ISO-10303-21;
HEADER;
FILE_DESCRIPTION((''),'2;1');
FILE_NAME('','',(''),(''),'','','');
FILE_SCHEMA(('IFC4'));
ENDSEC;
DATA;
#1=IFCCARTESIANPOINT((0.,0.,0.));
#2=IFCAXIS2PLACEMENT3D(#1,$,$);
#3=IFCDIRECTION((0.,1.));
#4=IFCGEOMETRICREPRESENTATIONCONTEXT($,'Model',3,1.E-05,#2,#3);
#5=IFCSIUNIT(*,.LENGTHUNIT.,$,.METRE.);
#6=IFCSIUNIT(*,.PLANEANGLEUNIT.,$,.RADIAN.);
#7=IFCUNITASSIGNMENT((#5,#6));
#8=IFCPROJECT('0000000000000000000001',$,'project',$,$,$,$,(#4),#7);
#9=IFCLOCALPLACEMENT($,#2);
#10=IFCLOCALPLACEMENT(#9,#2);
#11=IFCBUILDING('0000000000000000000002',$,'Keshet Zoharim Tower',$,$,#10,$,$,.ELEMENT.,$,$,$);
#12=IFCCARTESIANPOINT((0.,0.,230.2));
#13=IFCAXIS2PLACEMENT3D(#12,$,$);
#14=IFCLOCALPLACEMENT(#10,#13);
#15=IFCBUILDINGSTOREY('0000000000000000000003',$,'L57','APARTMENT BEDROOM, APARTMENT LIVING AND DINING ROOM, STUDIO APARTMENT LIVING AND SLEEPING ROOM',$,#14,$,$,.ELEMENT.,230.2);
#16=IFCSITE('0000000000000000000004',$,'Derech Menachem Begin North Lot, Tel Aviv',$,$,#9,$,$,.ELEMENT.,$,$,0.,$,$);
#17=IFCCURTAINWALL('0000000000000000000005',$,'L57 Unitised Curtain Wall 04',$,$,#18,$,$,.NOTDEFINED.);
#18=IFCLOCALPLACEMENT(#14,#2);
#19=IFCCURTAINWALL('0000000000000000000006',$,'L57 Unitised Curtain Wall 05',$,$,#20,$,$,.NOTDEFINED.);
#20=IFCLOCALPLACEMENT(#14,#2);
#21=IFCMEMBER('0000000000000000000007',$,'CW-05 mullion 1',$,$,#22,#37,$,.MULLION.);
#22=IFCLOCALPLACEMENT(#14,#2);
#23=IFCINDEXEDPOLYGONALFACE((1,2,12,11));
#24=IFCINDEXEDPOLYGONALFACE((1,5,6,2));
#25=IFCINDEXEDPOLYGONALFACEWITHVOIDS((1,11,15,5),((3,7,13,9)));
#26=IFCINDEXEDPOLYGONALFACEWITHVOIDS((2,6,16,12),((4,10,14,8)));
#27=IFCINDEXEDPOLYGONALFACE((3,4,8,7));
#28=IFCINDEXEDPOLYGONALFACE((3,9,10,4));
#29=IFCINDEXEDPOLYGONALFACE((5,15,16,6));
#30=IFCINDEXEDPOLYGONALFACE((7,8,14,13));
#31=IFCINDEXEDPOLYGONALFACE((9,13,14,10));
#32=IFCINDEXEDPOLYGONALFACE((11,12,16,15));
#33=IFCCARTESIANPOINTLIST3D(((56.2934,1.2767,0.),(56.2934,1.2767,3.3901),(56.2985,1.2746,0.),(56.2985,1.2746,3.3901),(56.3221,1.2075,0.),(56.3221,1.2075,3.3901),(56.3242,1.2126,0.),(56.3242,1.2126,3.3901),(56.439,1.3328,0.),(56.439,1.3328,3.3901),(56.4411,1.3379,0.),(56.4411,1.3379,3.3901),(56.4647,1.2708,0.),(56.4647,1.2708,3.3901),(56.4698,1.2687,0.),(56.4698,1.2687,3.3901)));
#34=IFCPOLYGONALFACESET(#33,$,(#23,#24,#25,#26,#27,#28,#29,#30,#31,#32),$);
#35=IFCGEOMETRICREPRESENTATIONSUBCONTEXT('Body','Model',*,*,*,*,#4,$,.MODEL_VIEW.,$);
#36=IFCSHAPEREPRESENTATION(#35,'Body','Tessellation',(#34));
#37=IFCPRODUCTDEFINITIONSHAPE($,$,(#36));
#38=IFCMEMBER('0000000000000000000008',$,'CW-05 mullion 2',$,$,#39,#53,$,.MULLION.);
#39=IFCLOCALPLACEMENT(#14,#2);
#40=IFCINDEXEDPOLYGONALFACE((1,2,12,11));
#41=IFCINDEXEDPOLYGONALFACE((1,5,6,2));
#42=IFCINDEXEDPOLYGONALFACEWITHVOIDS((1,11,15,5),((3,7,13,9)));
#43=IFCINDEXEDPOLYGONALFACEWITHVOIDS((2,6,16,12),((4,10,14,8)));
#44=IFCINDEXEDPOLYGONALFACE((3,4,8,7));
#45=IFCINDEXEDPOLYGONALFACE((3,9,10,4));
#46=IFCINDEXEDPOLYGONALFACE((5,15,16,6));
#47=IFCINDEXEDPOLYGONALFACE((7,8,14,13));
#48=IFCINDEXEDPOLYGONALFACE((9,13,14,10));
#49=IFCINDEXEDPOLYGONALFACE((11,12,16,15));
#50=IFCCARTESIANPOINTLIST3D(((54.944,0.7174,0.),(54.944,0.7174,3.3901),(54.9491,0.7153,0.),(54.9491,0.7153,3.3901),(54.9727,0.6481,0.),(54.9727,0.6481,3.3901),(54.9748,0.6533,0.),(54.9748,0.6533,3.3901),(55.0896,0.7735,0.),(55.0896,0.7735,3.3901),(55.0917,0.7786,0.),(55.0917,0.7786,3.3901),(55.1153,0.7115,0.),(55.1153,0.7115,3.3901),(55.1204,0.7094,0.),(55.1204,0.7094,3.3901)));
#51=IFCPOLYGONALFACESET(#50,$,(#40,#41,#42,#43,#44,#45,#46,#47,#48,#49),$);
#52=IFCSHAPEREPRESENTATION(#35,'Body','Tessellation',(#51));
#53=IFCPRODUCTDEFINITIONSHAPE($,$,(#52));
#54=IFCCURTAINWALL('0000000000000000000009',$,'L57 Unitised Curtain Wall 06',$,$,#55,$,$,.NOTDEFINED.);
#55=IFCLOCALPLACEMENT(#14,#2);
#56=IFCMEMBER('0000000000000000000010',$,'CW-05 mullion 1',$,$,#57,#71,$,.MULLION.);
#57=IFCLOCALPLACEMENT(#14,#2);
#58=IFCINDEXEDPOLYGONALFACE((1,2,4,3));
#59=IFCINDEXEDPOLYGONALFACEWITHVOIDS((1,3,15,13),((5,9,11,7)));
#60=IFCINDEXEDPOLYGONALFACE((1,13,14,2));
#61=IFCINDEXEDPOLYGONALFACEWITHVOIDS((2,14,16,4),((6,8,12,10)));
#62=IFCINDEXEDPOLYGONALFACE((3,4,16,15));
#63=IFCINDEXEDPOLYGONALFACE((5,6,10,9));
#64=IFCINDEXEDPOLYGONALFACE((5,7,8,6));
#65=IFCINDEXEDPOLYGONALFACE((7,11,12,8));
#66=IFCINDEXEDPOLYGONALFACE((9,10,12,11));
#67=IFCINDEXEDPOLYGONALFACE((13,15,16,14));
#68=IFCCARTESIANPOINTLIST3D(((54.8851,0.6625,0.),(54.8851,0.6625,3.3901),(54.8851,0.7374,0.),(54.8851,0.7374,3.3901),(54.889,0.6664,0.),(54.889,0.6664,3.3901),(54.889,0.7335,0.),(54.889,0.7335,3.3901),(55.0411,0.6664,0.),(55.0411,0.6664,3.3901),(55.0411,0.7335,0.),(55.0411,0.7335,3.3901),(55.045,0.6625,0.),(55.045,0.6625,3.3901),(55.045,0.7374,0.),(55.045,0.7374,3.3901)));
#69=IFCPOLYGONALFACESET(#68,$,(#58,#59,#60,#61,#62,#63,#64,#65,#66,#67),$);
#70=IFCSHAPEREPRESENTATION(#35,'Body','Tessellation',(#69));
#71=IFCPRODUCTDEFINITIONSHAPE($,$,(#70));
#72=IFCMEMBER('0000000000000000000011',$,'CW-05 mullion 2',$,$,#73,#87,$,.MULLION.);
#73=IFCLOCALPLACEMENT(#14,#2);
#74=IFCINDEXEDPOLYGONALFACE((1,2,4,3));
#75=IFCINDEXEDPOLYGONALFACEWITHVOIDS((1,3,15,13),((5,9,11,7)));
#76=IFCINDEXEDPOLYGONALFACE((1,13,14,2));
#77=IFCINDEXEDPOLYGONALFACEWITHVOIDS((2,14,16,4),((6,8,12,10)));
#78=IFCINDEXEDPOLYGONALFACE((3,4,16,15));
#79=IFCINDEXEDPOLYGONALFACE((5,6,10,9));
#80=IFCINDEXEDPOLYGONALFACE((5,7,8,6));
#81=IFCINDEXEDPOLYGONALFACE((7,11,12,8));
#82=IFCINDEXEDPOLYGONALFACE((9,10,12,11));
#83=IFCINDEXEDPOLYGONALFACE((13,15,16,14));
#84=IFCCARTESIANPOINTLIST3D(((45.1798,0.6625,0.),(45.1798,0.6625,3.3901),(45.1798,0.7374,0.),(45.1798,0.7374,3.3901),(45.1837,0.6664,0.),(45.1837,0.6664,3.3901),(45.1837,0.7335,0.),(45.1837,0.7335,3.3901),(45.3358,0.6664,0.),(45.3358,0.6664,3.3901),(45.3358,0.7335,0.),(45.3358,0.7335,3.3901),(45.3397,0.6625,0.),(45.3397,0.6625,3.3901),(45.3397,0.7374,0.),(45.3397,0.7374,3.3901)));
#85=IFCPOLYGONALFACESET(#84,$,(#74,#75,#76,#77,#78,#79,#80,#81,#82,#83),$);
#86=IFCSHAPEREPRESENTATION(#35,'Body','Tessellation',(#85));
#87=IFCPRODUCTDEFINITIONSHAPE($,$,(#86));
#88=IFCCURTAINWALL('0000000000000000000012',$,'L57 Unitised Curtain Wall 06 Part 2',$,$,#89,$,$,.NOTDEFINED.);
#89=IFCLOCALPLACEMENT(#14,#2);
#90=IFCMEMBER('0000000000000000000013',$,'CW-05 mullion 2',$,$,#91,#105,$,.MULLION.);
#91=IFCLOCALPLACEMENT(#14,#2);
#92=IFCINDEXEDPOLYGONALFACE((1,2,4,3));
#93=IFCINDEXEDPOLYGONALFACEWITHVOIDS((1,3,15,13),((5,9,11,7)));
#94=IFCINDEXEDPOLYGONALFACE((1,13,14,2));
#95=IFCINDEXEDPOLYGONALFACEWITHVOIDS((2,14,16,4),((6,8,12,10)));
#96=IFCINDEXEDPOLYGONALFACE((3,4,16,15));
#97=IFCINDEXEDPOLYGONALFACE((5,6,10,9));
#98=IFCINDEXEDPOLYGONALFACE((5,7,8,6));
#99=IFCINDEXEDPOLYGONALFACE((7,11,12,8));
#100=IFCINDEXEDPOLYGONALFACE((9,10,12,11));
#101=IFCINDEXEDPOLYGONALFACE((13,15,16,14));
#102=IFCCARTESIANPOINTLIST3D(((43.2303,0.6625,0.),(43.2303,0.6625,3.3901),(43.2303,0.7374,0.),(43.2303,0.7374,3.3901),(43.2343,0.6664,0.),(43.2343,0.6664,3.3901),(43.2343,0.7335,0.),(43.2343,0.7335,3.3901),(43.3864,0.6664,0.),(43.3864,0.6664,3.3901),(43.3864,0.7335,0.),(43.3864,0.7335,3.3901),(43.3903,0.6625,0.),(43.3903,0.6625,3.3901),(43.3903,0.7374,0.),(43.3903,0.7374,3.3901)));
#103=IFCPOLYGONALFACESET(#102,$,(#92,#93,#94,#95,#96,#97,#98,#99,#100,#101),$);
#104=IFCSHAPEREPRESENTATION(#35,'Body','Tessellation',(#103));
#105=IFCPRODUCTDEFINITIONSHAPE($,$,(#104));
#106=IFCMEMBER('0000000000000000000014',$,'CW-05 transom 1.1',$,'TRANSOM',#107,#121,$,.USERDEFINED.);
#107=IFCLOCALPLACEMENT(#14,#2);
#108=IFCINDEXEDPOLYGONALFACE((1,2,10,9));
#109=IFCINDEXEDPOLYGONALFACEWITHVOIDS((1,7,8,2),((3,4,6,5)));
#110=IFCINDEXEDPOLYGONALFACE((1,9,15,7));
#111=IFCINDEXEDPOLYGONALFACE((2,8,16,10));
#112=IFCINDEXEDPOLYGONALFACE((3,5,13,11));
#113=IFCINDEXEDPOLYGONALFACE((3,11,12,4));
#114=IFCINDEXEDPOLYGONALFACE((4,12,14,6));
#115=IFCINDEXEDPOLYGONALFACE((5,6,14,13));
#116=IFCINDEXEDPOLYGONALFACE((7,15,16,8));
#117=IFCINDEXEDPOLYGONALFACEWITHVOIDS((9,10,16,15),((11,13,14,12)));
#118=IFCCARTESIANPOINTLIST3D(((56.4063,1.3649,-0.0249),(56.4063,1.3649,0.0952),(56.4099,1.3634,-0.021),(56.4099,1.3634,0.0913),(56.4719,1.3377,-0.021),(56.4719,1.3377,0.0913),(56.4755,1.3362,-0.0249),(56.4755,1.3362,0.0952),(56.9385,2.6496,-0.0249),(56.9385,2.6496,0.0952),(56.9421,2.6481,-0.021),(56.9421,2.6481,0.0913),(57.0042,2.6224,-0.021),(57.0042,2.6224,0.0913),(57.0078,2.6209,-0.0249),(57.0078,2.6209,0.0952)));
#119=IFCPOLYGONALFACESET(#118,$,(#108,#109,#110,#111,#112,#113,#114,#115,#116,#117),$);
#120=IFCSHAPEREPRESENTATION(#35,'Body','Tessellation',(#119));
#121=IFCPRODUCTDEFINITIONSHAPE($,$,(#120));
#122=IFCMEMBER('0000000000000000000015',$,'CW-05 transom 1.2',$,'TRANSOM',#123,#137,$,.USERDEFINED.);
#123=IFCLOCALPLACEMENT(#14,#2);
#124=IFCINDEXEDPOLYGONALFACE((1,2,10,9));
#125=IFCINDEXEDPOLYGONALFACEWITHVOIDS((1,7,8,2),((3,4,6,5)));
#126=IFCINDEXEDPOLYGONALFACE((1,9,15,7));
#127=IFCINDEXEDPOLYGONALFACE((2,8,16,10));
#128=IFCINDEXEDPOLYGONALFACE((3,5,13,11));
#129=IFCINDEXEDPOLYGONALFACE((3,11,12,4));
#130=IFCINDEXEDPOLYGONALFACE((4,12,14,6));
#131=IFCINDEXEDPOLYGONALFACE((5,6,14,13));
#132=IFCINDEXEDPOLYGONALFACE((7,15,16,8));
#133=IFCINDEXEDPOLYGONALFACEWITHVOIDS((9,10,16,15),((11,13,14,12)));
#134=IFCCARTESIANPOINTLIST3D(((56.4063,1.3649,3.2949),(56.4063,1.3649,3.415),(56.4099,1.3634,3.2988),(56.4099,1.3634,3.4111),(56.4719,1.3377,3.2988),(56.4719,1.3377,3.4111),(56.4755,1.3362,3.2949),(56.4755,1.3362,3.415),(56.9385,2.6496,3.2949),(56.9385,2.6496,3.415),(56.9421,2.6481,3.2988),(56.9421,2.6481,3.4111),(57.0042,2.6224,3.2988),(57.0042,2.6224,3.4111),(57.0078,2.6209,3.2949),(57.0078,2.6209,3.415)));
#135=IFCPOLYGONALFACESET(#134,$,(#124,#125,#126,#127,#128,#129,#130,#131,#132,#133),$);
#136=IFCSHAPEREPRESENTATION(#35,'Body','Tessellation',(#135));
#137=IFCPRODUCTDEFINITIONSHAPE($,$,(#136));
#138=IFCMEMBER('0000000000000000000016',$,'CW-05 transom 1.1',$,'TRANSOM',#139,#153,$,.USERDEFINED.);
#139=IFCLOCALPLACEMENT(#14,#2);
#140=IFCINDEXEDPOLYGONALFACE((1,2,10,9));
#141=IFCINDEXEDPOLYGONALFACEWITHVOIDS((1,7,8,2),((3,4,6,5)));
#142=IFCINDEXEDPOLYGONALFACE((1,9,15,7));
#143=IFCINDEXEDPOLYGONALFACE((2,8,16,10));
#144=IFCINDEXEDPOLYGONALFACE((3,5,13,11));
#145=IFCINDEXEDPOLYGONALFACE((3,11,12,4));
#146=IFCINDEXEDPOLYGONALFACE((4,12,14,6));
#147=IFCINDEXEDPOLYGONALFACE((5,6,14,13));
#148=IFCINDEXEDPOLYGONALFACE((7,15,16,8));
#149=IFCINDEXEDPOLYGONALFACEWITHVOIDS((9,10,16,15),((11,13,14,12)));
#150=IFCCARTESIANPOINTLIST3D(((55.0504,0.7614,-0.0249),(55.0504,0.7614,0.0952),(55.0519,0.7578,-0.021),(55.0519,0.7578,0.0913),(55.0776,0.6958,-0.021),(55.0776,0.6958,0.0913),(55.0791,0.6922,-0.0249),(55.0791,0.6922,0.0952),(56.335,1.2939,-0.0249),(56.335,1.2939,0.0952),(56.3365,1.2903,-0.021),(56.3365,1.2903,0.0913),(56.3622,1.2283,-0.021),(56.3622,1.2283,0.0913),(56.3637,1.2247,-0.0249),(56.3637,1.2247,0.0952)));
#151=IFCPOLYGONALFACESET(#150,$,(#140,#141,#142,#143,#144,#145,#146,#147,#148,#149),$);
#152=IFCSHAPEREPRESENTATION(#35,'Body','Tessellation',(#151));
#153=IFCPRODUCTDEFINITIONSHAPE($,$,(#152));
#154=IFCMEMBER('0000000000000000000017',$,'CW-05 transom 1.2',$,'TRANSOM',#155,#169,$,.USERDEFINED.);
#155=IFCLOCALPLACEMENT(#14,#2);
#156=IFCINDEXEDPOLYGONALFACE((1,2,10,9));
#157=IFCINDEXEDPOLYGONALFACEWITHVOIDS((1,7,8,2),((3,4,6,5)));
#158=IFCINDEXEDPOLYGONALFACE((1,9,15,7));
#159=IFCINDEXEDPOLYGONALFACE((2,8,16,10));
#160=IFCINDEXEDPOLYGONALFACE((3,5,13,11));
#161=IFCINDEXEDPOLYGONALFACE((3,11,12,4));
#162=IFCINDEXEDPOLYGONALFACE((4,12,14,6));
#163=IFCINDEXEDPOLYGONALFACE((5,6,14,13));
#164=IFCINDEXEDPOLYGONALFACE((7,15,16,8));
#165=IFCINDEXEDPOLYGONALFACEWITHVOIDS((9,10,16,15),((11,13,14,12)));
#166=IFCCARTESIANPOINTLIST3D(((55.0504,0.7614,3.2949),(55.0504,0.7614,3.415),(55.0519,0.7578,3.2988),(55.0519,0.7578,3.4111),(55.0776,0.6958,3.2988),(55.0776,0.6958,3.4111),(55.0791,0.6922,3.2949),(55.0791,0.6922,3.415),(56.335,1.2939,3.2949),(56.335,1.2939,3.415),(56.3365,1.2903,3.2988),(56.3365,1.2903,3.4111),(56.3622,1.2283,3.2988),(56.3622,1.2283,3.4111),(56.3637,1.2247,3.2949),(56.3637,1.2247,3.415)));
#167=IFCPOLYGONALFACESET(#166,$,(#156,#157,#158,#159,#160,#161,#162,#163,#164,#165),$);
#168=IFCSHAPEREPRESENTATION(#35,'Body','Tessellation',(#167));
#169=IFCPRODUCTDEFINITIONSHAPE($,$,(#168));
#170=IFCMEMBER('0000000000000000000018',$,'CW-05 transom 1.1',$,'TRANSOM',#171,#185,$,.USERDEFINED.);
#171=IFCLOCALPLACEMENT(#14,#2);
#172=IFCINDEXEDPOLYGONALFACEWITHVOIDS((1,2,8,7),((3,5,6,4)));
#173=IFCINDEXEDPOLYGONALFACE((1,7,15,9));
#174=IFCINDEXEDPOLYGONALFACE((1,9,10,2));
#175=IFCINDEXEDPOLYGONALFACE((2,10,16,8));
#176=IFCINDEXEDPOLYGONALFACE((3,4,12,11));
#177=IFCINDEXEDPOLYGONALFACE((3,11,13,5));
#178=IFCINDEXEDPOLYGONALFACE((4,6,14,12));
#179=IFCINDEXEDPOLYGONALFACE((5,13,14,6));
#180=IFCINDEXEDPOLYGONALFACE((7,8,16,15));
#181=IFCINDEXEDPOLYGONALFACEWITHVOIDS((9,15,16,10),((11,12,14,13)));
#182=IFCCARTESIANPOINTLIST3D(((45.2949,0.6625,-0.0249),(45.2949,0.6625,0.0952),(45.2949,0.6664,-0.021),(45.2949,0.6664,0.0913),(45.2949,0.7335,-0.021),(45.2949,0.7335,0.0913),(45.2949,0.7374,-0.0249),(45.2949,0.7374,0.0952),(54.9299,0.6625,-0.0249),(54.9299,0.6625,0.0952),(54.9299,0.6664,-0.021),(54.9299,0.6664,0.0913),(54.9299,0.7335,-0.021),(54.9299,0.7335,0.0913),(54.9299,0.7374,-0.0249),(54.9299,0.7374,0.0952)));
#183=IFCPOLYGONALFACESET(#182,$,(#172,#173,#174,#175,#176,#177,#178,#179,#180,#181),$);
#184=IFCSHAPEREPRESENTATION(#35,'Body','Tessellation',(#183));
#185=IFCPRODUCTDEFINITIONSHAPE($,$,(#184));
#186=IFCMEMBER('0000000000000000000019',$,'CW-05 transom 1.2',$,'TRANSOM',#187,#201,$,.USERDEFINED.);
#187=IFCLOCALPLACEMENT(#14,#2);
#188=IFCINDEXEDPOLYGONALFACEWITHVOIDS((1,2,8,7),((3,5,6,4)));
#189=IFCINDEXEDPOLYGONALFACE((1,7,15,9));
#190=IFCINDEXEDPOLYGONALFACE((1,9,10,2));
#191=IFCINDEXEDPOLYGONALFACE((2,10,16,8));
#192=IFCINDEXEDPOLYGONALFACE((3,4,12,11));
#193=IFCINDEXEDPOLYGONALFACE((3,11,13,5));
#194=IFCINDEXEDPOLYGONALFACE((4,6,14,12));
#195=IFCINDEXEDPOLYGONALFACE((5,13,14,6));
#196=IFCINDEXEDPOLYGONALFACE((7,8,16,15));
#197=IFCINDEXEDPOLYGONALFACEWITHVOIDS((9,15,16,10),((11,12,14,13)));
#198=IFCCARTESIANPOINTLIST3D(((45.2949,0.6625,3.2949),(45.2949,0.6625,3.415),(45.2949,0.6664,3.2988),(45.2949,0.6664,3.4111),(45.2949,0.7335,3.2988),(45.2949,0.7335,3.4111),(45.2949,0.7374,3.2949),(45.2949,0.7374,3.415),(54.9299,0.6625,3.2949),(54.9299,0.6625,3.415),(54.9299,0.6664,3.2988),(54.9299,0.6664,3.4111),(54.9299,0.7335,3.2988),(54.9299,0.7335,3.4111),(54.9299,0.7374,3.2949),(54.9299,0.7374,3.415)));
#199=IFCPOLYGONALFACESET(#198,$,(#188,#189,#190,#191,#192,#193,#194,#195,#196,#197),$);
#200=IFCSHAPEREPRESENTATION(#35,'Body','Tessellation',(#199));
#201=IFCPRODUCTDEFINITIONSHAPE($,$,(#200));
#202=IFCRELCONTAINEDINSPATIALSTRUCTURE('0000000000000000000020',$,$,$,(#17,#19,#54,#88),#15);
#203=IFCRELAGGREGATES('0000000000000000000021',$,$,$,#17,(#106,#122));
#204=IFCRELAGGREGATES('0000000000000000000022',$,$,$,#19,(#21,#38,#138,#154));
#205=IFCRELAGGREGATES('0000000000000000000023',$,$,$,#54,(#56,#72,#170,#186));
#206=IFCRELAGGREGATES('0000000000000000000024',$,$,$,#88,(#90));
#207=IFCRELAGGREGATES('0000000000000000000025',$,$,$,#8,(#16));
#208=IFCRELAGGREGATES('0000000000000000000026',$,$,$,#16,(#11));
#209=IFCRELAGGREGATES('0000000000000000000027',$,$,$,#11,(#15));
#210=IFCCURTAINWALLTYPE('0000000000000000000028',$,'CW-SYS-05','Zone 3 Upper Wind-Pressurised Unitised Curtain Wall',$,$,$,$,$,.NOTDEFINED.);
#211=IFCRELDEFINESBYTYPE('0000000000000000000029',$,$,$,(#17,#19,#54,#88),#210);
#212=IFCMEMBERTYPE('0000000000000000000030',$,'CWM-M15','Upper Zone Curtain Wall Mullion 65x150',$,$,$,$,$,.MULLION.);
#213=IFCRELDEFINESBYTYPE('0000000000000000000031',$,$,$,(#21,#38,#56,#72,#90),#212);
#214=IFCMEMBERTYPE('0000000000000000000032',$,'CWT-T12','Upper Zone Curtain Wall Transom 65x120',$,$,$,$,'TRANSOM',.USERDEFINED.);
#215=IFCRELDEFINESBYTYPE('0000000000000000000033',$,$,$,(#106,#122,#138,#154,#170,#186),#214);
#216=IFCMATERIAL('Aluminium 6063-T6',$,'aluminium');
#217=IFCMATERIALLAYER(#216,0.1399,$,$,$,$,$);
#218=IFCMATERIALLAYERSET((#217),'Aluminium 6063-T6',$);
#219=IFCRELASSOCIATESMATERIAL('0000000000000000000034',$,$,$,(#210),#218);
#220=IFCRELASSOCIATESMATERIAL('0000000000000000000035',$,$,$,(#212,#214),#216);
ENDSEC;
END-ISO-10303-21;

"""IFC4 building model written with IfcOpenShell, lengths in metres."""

from ifc_helpers import new_model, si_unit, direction, frame, origin, origin_2d, place, context, subcontext, project, spatial, hollow_rectangle, extrude, material, layer, layer_set, material_profile, profile_set, type_object, element, aggregate, save


model = new_model("IFC4")

# Units and contexts
model_context = context("Model", 3, precision=1e-05, world=origin(), true_north=direction((0.0, 1.0)))
body_context = subcontext(model_context, "Body", "Model", "MODEL_VIEW")
ifc_project = project(units=[si_unit("LENGTHUNIT", "METRE"), si_unit("PLANEANGLEUNIT", "RADIAN")], contexts=[model_context])

# Site, building, storey
site_placement = place(None, origin())
site = spatial("IfcSite", under=ifc_project, at=site_placement, Name="Derech Menachem Begin North Lot, Tel Aviv", CompositionType="ELEMENT", RefElevation=0.0)
building_placement = place(site_placement, origin())
building = spatial("IfcBuilding", under=site, at=building_placement, Name="Keshet Zoharim Tower", CompositionType="ELEMENT")
storey_placement = place(building_placement, frame((0.0, 0.0, 230.2)))
storey = spatial("IfcBuildingStorey", under=building, at=storey_placement, Name="L57", Description="APARTMENT BEDROOM, APARTMENT LIVING AND DINING ROOM, STUDIO APARTMENT LIVING AND SLEEPING ROOM", CompositionType="ELEMENT", Elevation=230.2)

# Shared definitions
ifc_material_1 = material(Name="Aluminium 6063-T6", Category="aluminium")
ifc_layer_1 = layer(ifc_material_1, 0.1399)
ifc_layer_set_1 = layer_set([ifc_layer_1], Name="Aluminium 6063-T6")
curtain_wall_type = type_object("IfcCurtainWallType", Name="CW-SYS-05", Description="Zone 3 Upper Wind-Pressurised Unitised Curtain Wall", PredefinedType="NOTDEFINED", material=ifc_layer_set_1)
ifc_material_profile_1 = material_profile(ifc_material_1, hollow_rectangle(XDim=0.075, YDim=0.1599, WallThickness=0.0039, at=origin_2d()), Name="MUL-75x160")
ifc_profile_set_1 = profile_set([ifc_material_profile_1], Name="Aluminium 6063-T6")
member_type_1 = type_object("IfcMemberType", Name="CWM-M15", Description="Upper Zone Curtain Wall Mullion 65x150", PredefinedType="MULLION", material=ifc_profile_set_1)

# Curtain walls, members
curtain_wall_1_placement = place(storey_placement, origin())
curtain_wall_1 = element("IfcCurtainWall", 1, at=curtain_wall_1_placement, inside=storey, type_object=curtain_wall_type, Name="L57 Unitised Curtain Wall 04", PredefinedType="NOTDEFINED")
curtain_wall_2_placement = place(storey_placement, origin())
curtain_wall_2 = element("IfcCurtainWall", 2, at=curtain_wall_2_placement, inside=storey, type_object=curtain_wall_type, Name="L57 Unitised Curtain Wall 05", PredefinedType="NOTDEFINED")
member_1_placement = place(storey_placement, frame((56.3816, 1.2727, 0.0), z_axis=(0.0, 0.0, 1.0), x_axis=(0.382852, -0.92381, 0.0)))
member_1 = element("IfcMember", 3, at=member_1_placement, type_object=member_type_1, Name="CW-05 mullion 1", PredefinedType="MULLION", context=body_context, shape_type="SweptSolid", body=[
    extrude(hollow_rectangle(XDim=0.075, YDim=0.1599, WallThickness=0.0039, at=origin_2d()), origin(), (0.0, 0.0, 1.0), 3.3901),
])
member_2_placement = place(storey_placement, frame((55.0322, 0.7134, 0.0), z_axis=(0.0, 0.0, 1.0), x_axis=(0.382852, -0.92381, 0.0)))
member_2 = element("IfcMember", 4, at=member_2_placement, type_object=member_type_1, Name="CW-05 mullion 2", PredefinedType="MULLION", context=body_context, shape_type="SweptSolid", body=[
    extrude(hollow_rectangle(XDim=0.075, YDim=0.1599, WallThickness=0.0039, at=origin_2d()), origin(), (0.0, 0.0, 1.0), 3.3901),
])
curtain_wall_3_placement = place(storey_placement, origin())
curtain_wall_3 = element("IfcCurtainWall", 5, at=curtain_wall_3_placement, inside=storey, type_object=curtain_wall_type, Name="L57 Unitised Curtain Wall 06", PredefinedType="NOTDEFINED")
member_3_placement = place(storey_placement, frame((54.9651, 0.7, 0.0), z_axis=(0.0, 0.0, 1.0), x_axis=(0.0, -1.0, 0.0)))
member_3 = element("IfcMember", 6, at=member_3_placement, type_object=member_type_1, Name="CW-05 mullion 1", PredefinedType="MULLION", context=body_context, shape_type="SweptSolid", body=[
    extrude(hollow_rectangle(XDim=0.075, YDim=0.1599, WallThickness=0.0039, at=origin_2d()), origin(), (0.0, 0.0, 1.0), 3.3901),
])
member_4_placement = place(storey_placement, frame((45.2598, 0.7, 0.0), z_axis=(0.0, 0.0, 1.0), x_axis=(0.0, -1.0, 0.0)))
member_4 = element("IfcMember", 7, at=member_4_placement, type_object=member_type_1, Name="CW-05 mullion 2", PredefinedType="MULLION", context=body_context, shape_type="SweptSolid", body=[
    extrude(hollow_rectangle(XDim=0.075, YDim=0.1599, WallThickness=0.0039, at=origin_2d()), origin(), (0.0, 0.0, 1.0), 3.3901),
])

# Curtain wall, member
curtain_wall_4_placement = place(storey_placement, origin())
curtain_wall_4 = element("IfcCurtainWall", 8, at=curtain_wall_4_placement, inside=storey, type_object=curtain_wall_type, Name="L57 Unitised Curtain Wall 06 Part 2", PredefinedType="NOTDEFINED")
member_5_placement = place(storey_placement, frame((43.3103, 0.7, 0.0), z_axis=(0.0, 0.0, 1.0), x_axis=(0.0, -1.0, 0.0)))
member_5 = element("IfcMember", 9, at=member_5_placement, type_object=member_type_1, Name="CW-05 mullion 2", PredefinedType="MULLION", context=body_context, shape_type="SweptSolid", body=[
    extrude(hollow_rectangle(XDim=0.075, YDim=0.1599, WallThickness=0.0039, at=origin_2d()), origin(), (0.0, 0.0, 1.0), 3.3901),
])

# Members
ifc_material_profile_2 = material_profile(ifc_material_1, hollow_rectangle(XDim=0.075, YDim=0.1201, WallThickness=0.0039, at=origin_2d()), Name="TRN-75x120")
ifc_profile_set_2 = profile_set([ifc_material_profile_2], Name="Aluminium 6063-T6")
member_type_2 = type_object("IfcMemberType", Name="CWT-T12", Description="Upper Zone Curtain Wall Transom 65x120", ElementType="TRANSOM", PredefinedType="USERDEFINED", material=ifc_profile_set_2)
member_6_placement = place(storey_placement, frame((56.9731, 2.6353, 0.0352), z_axis=(-0.382745, -0.923854, 0.0), x_axis=(0.923854, -0.382745, 0.0)))
member_6 = element("IfcMember", 10, at=member_6_placement, type_object=member_type_2, Name="CW-05 transom 1.1", ObjectType="TRANSOM", PredefinedType="USERDEFINED", context=body_context, shape_type="SweptSolid", body=[
    extrude(hollow_rectangle(XDim=0.075, YDim=0.1201, WallThickness=0.0039, at=origin_2d()), origin(), (0.0, 0.0, 1.0), 1.3906),
])
member_7_placement = place(storey_placement, frame((56.9731, 2.6353, 3.355), z_axis=(-0.382745, -0.923854, 0.0), x_axis=(0.923854, -0.382745, 0.0)))
member_7 = element("IfcMember", 11, at=member_7_placement, type_object=member_type_2, Name="CW-05 transom 1.2", ObjectType="TRANSOM", PredefinedType="USERDEFINED", context=body_context, shape_type="SweptSolid", body=[
    extrude(hollow_rectangle(XDim=0.075, YDim=0.1201, WallThickness=0.0039, at=origin_2d()), origin(), (0.0, 0.0, 1.0), 1.3906),
])
member_8_placement = place(storey_placement, frame((56.3494, 1.2593, 0.0352), z_axis=(-0.923792, -0.382894, 0.0), x_axis=(0.382894, -0.923792, 0.0)))
member_8 = element("IfcMember", 12, at=member_8_placement, type_object=member_type_2, Name="CW-05 transom 1.1", ObjectType="TRANSOM", PredefinedType="USERDEFINED", context=body_context, shape_type="SweptSolid", body=[
    extrude(hollow_rectangle(XDim=0.075, YDim=0.1201, WallThickness=0.0039, at=origin_2d()), origin(), (0.0, 0.0, 1.0), 1.3906),
])
member_9_placement = place(storey_placement, frame((56.3494, 1.2593, 3.355), z_axis=(-0.923792, -0.382894, 0.0), x_axis=(0.382894, -0.923792, 0.0)))
member_9 = element("IfcMember", 13, at=member_9_placement, type_object=member_type_2, Name="CW-05 transom 1.2", ObjectType="TRANSOM", PredefinedType="USERDEFINED", context=body_context, shape_type="SweptSolid", body=[
    extrude(hollow_rectangle(XDim=0.075, YDim=0.1201, WallThickness=0.0039, at=origin_2d()), origin(), (0.0, 0.0, 1.0), 1.3906),
])
member_10_placement = place(storey_placement, frame((54.9299, 0.7, 0.0352), z_axis=(-1.0, 0.0, 0.0), x_axis=(0.0, -1.0, 0.0)))
member_10 = element("IfcMember", 14, at=member_10_placement, type_object=member_type_2, Name="CW-05 transom 1.1", ObjectType="TRANSOM", PredefinedType="USERDEFINED", context=body_context, shape_type="SweptSolid", body=[
    extrude(hollow_rectangle(XDim=0.075, YDim=0.1201, WallThickness=0.0039, at=origin_2d()), origin(), (0.0, 0.0, 1.0), 9.635),
])
member_11_placement = place(storey_placement, frame((54.9299, 0.7, 3.355), z_axis=(-1.0, 0.0, 0.0), x_axis=(0.0, -1.0, 0.0)))
member_11 = element("IfcMember", 15, at=member_11_placement, type_object=member_type_2, Name="CW-05 transom 1.2", ObjectType="TRANSOM", PredefinedType="USERDEFINED", context=body_context, shape_type="SweptSolid", body=[
    extrude(hollow_rectangle(XDim=0.075, YDim=0.1201, WallThickness=0.0039, at=origin_2d()), origin(), (0.0, 0.0, 1.0), 9.635),
])

aggregate(curtain_wall_1, [member_6, member_7])
aggregate(curtain_wall_2, [member_1, member_2, member_8, member_9])
aggregate(curtain_wall_3, [member_3, member_4, member_10, member_11])
aggregate(curtain_wall_4, [member_5])

save(model, "model.ifc")
